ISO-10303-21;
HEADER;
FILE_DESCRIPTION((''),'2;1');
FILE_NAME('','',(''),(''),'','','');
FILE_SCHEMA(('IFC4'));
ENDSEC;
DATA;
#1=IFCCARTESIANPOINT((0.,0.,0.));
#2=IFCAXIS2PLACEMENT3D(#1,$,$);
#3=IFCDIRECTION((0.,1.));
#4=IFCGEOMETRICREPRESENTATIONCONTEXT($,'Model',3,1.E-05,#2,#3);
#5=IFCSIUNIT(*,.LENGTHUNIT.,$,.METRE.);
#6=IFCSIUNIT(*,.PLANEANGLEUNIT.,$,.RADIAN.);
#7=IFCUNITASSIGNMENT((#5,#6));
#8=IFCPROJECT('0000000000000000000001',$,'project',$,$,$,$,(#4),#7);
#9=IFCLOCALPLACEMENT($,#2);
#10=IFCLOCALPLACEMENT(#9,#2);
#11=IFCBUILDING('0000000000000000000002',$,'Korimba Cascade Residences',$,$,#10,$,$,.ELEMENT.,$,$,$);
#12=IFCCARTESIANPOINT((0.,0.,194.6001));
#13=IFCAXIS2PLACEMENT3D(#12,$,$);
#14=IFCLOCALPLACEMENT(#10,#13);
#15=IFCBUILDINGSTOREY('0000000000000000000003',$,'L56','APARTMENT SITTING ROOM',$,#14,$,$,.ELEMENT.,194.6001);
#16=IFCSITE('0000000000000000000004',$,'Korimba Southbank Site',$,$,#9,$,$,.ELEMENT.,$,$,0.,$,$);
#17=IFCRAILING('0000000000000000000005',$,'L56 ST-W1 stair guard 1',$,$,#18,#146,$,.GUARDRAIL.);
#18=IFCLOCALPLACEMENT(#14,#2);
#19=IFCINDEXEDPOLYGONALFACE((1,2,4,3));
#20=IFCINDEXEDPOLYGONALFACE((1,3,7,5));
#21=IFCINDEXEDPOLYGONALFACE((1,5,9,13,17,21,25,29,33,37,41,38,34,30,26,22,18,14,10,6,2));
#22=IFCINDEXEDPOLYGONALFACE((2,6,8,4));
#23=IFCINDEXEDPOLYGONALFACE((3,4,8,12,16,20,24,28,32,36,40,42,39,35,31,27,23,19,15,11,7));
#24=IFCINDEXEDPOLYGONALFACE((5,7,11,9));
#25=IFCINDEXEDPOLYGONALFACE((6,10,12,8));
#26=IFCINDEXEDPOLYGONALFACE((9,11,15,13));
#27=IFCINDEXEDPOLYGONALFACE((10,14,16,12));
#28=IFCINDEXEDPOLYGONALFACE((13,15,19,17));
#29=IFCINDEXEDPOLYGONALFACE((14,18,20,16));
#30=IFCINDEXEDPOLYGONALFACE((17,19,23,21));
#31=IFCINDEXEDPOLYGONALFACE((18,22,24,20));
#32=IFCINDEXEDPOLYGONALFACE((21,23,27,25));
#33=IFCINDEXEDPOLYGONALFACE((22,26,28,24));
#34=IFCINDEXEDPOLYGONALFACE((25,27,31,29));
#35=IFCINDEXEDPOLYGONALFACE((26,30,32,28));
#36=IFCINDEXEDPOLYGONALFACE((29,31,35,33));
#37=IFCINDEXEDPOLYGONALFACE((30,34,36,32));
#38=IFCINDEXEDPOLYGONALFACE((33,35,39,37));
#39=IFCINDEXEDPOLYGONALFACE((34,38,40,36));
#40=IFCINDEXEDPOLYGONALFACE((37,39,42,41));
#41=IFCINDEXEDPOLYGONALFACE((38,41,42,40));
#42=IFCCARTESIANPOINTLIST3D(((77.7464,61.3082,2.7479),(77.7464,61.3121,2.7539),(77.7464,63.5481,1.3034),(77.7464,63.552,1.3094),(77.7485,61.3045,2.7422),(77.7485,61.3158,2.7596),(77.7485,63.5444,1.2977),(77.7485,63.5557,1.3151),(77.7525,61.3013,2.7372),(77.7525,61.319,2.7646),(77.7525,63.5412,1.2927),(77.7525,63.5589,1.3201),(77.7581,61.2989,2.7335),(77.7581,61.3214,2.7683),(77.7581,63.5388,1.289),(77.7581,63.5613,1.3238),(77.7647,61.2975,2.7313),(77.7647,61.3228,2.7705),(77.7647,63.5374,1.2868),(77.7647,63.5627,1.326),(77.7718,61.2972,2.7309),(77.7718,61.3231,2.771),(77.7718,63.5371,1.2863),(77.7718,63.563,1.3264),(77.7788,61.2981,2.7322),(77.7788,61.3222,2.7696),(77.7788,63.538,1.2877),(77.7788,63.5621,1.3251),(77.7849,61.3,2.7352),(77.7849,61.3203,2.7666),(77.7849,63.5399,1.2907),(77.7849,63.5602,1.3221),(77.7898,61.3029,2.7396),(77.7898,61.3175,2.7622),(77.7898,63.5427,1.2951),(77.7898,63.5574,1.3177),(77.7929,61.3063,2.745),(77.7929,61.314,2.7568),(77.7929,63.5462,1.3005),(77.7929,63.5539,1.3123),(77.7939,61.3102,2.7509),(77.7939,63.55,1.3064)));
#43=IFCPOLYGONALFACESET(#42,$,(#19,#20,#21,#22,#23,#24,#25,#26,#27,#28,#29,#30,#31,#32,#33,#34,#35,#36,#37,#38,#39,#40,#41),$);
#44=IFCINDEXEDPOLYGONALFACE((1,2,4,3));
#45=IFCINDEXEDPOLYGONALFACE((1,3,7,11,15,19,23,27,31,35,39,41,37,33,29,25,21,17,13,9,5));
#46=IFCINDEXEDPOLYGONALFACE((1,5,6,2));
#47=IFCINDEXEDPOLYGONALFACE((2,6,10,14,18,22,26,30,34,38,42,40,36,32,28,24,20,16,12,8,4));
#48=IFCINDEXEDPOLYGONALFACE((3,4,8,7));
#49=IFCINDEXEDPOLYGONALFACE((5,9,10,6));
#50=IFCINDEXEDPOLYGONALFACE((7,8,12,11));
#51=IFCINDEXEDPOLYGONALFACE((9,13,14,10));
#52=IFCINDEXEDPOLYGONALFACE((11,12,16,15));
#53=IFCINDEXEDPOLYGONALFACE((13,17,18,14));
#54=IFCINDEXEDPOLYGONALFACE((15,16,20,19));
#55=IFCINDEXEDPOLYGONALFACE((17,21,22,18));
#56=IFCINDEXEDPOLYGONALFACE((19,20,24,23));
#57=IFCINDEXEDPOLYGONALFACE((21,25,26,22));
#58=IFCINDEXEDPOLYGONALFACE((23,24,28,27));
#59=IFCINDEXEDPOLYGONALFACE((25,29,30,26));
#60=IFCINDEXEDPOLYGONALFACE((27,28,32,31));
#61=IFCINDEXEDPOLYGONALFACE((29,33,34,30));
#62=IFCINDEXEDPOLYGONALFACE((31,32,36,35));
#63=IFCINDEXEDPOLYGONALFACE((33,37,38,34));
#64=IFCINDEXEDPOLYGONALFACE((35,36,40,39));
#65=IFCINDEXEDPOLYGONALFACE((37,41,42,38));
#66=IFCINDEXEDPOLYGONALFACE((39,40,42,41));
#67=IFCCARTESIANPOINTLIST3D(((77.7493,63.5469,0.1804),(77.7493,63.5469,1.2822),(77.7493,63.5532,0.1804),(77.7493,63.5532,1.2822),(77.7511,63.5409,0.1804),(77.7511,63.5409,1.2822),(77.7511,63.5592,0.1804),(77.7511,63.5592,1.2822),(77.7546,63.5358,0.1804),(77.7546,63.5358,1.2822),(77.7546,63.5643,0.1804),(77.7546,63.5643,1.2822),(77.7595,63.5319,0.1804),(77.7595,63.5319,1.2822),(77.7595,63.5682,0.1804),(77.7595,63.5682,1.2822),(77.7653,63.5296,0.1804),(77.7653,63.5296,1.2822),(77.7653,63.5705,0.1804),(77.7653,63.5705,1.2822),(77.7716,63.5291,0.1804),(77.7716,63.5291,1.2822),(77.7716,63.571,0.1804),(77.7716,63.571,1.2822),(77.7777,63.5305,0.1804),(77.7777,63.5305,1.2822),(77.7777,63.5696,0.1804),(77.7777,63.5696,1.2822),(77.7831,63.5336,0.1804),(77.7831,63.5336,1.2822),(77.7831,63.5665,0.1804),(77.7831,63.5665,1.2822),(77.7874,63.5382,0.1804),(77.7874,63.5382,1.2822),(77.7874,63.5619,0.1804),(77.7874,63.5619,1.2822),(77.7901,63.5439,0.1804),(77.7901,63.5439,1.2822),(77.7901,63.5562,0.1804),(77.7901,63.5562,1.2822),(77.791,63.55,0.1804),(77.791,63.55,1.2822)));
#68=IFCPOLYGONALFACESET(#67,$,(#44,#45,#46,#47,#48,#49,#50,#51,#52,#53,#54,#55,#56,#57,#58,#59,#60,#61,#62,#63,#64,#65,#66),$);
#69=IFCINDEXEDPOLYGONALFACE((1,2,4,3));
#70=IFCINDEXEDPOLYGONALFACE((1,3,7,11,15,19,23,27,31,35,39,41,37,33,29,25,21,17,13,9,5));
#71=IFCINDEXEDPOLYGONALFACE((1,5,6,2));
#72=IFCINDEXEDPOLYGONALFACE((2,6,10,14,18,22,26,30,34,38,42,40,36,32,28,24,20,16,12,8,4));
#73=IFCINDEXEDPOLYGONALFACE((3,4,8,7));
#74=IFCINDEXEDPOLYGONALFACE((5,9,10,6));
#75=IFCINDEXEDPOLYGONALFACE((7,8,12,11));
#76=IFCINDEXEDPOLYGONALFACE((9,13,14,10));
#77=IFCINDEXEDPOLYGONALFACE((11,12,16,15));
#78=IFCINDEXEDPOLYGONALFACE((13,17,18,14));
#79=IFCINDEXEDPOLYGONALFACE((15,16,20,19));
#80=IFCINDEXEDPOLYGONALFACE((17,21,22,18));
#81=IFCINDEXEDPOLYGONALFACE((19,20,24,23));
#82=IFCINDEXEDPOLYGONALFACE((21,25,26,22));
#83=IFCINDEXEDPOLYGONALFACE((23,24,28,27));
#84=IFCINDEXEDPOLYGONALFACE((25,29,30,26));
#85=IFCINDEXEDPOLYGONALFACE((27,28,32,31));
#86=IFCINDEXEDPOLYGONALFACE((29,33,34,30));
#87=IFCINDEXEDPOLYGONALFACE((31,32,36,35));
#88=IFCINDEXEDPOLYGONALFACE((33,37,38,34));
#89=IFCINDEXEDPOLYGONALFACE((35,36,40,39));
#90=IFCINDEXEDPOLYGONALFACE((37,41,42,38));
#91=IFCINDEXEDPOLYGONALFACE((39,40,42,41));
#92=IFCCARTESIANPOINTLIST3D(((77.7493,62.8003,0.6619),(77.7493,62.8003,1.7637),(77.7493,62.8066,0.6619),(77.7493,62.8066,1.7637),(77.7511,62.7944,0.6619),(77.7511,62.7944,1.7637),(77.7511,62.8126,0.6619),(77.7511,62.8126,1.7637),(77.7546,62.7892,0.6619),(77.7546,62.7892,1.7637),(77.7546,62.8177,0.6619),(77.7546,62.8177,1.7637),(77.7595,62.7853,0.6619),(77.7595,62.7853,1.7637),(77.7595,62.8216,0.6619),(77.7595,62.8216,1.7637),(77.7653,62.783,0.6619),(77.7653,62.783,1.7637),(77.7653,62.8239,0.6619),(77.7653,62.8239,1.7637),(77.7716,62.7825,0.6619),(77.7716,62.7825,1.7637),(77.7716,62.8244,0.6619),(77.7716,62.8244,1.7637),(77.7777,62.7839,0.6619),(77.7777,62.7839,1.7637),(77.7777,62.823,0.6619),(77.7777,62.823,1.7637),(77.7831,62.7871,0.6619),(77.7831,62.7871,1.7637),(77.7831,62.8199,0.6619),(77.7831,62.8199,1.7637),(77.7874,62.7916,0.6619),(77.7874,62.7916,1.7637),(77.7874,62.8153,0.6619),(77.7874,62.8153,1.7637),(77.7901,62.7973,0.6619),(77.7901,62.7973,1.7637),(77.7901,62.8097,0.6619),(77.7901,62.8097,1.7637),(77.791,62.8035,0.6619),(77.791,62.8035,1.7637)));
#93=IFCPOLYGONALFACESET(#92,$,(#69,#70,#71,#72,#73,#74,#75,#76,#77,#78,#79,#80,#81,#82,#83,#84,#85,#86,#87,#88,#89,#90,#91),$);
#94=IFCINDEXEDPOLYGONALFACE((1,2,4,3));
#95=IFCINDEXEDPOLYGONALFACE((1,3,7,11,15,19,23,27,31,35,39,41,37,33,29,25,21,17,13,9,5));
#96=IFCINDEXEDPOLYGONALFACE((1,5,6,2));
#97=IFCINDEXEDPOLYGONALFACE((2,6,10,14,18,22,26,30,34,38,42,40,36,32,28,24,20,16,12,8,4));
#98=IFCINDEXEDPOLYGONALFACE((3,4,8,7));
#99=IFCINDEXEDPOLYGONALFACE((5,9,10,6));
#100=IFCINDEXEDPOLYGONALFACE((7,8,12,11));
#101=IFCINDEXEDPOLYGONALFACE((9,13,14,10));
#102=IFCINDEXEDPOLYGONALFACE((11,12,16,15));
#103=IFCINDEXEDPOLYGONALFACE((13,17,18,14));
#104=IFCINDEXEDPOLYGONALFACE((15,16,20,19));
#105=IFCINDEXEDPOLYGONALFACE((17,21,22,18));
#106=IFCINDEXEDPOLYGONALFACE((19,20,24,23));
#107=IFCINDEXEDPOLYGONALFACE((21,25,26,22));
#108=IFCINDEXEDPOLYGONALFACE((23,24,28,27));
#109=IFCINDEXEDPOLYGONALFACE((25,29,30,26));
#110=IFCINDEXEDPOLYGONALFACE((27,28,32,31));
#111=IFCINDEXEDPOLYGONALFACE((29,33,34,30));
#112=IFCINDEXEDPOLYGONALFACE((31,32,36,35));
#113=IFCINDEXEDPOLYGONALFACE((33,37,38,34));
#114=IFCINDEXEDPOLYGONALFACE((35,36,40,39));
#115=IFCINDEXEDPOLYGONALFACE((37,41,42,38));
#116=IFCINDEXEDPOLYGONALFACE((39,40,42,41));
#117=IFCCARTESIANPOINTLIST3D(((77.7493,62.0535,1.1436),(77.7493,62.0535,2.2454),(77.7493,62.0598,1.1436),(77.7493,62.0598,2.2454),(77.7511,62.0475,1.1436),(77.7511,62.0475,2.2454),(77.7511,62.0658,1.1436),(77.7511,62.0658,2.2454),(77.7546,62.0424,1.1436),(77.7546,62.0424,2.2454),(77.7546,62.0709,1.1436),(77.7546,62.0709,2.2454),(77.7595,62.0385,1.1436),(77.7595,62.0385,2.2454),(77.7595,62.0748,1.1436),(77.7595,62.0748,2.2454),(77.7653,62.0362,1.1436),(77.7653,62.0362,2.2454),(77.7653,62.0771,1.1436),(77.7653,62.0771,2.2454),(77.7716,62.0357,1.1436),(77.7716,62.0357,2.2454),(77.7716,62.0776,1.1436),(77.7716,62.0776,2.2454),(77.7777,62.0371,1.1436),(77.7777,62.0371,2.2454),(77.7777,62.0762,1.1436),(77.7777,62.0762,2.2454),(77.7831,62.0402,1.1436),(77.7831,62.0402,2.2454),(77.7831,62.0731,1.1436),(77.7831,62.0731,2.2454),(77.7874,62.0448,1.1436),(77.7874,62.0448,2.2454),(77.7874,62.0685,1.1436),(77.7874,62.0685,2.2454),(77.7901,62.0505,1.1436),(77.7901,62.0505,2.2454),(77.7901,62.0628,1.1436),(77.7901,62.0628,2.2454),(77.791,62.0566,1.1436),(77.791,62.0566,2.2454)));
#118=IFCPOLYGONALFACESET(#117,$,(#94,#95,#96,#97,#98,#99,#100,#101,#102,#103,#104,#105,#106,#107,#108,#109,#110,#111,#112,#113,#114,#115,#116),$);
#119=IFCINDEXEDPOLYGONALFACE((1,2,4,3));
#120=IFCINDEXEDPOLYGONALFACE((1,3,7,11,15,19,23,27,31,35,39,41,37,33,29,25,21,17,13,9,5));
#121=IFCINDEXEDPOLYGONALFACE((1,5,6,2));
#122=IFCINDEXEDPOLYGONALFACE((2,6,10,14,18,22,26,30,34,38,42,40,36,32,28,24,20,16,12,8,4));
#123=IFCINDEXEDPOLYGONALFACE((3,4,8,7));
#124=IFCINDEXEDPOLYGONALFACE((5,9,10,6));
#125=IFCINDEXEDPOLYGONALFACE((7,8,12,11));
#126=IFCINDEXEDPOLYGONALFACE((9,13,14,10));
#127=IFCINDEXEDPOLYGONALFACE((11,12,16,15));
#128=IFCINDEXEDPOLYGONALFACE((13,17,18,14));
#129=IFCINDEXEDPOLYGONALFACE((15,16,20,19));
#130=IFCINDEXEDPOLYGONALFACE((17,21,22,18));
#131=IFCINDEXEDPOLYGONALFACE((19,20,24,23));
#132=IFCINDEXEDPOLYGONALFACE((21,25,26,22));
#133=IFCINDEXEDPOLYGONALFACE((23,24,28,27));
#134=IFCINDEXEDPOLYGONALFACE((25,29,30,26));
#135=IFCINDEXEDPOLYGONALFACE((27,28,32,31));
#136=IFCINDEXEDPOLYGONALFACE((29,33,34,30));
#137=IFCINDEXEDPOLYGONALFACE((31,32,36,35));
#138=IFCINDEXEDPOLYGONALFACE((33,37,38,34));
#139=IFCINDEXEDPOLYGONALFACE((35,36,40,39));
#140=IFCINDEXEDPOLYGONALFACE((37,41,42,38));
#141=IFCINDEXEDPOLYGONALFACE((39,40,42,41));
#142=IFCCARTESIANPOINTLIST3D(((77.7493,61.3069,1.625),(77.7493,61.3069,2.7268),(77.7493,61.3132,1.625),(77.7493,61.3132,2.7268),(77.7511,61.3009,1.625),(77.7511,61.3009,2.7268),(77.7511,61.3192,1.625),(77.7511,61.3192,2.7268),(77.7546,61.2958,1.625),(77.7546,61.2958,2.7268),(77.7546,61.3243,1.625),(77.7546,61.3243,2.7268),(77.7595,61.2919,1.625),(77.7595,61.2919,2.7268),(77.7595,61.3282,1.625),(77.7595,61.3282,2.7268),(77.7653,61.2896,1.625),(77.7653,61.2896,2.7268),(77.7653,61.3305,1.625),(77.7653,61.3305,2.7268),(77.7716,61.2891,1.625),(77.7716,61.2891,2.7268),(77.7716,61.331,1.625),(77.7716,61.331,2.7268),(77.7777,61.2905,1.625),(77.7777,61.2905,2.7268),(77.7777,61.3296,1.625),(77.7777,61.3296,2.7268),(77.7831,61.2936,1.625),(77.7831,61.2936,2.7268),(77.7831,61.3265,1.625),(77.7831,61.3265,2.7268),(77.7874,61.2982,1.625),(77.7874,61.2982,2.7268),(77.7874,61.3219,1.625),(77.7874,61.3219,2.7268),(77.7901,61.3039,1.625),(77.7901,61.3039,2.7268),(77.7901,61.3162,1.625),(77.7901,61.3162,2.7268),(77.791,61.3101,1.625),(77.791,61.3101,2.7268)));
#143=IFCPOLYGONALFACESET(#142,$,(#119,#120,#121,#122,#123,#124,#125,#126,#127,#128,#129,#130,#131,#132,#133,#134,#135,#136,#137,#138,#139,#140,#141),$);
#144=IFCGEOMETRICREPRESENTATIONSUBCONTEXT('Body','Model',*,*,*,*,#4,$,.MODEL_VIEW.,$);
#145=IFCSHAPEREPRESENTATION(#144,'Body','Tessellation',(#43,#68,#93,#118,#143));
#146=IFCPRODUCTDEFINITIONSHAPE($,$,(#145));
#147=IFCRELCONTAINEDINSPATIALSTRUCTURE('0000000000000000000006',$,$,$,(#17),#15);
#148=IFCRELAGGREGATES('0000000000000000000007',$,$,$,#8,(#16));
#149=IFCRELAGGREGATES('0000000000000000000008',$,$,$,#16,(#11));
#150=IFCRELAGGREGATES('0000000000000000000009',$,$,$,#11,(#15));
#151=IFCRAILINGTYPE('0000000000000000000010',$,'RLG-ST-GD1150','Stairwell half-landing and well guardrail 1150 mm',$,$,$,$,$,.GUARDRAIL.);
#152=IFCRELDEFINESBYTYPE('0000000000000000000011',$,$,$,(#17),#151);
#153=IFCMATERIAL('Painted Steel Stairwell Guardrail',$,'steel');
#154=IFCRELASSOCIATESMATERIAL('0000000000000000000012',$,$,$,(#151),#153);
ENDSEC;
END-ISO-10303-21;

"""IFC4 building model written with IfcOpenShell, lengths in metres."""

from ifc_helpers import new_model, si_unit, direction, frame, origin, origin_2d, place, context, subcontext, project, spatial, circle, extrude, material, type_object, element, save


model = new_model("IFC4")

# Units and contexts
model_context = context("Model", 3, precision=1e-05, world=origin(), true_north=direction((0.0, 1.0)))
body_context = subcontext(model_context, "Body", "Model", "MODEL_VIEW")
ifc_project = project(units=[si_unit("LENGTHUNIT", "METRE"), si_unit("PLANEANGLEUNIT", "RADIAN")], contexts=[model_context])

# Site, building, storey
site_placement = place(None, origin())
site = spatial("IfcSite", under=ifc_project, at=site_placement, Name="Korimba Southbank Site", CompositionType="ELEMENT", RefElevation=0.0)
building_placement = place(site_placement, origin())
building = spatial("IfcBuilding", under=site, at=building_placement, Name="Korimba Cascade Residences", CompositionType="ELEMENT")
storey_placement = place(building_placement, frame((0.0, 0.0, 194.6001)))
storey = spatial("IfcBuildingStorey", under=building, at=storey_placement, Name="L56", Description="APARTMENT SITTING ROOM", CompositionType="ELEMENT", Elevation=194.6001)

# Railing
ifc_material_1 = material(Name="Painted Steel Stairwell Guardrail", Category="steel")
railing_type_1 = type_object("IfcRailingType", Name="RLG-ST-GD1150", Description="Stairwell half-landing and well guardrail 1150 mm", PredefinedType="GUARDRAIL", material=ifc_material_1)
railing_1_placement = place(storey_placement, frame((77.77, 63.55, 0.1804)))
element("IfcRailing", 1, at=railing_1_placement, inside=storey, type_object=railing_type_1, Name="L56 ST-W1 stair guard 1", PredefinedType="GUARDRAIL", context=body_context, shape_type="SweptSolid", body=[
    extrude(circle(Radius=0.0239, at=origin_2d()), frame((0.0, 0.0, 1.126), z_axis=(0.0, -0.840395, 0.541975), x_axis=(1.0, 0.0, 0.0)), (0.0, 0.0, 1.0), 2.6653),
    extrude(circle(Radius=0.021, at=origin_2d()), origin(), (0.0, 0.0, 1.0), 1.1018),
    extrude(circle(Radius=0.021, at=origin_2d()), frame((0.0, -0.7466, 0.4814)), (0.0, 0.0, 1.0), 1.1018),
    extrude(circle(Radius=0.021, at=origin_2d()), frame((0.0, -1.4934, 0.9631)), (0.0, 0.0, 1.0), 1.1018),
    extrude(circle(Radius=0.021, at=origin_2d()), frame((0.0, -2.24, 1.4446)), (0.0, 0.0, 1.0), 1.1018),
])

save(model, "model.ifc")
